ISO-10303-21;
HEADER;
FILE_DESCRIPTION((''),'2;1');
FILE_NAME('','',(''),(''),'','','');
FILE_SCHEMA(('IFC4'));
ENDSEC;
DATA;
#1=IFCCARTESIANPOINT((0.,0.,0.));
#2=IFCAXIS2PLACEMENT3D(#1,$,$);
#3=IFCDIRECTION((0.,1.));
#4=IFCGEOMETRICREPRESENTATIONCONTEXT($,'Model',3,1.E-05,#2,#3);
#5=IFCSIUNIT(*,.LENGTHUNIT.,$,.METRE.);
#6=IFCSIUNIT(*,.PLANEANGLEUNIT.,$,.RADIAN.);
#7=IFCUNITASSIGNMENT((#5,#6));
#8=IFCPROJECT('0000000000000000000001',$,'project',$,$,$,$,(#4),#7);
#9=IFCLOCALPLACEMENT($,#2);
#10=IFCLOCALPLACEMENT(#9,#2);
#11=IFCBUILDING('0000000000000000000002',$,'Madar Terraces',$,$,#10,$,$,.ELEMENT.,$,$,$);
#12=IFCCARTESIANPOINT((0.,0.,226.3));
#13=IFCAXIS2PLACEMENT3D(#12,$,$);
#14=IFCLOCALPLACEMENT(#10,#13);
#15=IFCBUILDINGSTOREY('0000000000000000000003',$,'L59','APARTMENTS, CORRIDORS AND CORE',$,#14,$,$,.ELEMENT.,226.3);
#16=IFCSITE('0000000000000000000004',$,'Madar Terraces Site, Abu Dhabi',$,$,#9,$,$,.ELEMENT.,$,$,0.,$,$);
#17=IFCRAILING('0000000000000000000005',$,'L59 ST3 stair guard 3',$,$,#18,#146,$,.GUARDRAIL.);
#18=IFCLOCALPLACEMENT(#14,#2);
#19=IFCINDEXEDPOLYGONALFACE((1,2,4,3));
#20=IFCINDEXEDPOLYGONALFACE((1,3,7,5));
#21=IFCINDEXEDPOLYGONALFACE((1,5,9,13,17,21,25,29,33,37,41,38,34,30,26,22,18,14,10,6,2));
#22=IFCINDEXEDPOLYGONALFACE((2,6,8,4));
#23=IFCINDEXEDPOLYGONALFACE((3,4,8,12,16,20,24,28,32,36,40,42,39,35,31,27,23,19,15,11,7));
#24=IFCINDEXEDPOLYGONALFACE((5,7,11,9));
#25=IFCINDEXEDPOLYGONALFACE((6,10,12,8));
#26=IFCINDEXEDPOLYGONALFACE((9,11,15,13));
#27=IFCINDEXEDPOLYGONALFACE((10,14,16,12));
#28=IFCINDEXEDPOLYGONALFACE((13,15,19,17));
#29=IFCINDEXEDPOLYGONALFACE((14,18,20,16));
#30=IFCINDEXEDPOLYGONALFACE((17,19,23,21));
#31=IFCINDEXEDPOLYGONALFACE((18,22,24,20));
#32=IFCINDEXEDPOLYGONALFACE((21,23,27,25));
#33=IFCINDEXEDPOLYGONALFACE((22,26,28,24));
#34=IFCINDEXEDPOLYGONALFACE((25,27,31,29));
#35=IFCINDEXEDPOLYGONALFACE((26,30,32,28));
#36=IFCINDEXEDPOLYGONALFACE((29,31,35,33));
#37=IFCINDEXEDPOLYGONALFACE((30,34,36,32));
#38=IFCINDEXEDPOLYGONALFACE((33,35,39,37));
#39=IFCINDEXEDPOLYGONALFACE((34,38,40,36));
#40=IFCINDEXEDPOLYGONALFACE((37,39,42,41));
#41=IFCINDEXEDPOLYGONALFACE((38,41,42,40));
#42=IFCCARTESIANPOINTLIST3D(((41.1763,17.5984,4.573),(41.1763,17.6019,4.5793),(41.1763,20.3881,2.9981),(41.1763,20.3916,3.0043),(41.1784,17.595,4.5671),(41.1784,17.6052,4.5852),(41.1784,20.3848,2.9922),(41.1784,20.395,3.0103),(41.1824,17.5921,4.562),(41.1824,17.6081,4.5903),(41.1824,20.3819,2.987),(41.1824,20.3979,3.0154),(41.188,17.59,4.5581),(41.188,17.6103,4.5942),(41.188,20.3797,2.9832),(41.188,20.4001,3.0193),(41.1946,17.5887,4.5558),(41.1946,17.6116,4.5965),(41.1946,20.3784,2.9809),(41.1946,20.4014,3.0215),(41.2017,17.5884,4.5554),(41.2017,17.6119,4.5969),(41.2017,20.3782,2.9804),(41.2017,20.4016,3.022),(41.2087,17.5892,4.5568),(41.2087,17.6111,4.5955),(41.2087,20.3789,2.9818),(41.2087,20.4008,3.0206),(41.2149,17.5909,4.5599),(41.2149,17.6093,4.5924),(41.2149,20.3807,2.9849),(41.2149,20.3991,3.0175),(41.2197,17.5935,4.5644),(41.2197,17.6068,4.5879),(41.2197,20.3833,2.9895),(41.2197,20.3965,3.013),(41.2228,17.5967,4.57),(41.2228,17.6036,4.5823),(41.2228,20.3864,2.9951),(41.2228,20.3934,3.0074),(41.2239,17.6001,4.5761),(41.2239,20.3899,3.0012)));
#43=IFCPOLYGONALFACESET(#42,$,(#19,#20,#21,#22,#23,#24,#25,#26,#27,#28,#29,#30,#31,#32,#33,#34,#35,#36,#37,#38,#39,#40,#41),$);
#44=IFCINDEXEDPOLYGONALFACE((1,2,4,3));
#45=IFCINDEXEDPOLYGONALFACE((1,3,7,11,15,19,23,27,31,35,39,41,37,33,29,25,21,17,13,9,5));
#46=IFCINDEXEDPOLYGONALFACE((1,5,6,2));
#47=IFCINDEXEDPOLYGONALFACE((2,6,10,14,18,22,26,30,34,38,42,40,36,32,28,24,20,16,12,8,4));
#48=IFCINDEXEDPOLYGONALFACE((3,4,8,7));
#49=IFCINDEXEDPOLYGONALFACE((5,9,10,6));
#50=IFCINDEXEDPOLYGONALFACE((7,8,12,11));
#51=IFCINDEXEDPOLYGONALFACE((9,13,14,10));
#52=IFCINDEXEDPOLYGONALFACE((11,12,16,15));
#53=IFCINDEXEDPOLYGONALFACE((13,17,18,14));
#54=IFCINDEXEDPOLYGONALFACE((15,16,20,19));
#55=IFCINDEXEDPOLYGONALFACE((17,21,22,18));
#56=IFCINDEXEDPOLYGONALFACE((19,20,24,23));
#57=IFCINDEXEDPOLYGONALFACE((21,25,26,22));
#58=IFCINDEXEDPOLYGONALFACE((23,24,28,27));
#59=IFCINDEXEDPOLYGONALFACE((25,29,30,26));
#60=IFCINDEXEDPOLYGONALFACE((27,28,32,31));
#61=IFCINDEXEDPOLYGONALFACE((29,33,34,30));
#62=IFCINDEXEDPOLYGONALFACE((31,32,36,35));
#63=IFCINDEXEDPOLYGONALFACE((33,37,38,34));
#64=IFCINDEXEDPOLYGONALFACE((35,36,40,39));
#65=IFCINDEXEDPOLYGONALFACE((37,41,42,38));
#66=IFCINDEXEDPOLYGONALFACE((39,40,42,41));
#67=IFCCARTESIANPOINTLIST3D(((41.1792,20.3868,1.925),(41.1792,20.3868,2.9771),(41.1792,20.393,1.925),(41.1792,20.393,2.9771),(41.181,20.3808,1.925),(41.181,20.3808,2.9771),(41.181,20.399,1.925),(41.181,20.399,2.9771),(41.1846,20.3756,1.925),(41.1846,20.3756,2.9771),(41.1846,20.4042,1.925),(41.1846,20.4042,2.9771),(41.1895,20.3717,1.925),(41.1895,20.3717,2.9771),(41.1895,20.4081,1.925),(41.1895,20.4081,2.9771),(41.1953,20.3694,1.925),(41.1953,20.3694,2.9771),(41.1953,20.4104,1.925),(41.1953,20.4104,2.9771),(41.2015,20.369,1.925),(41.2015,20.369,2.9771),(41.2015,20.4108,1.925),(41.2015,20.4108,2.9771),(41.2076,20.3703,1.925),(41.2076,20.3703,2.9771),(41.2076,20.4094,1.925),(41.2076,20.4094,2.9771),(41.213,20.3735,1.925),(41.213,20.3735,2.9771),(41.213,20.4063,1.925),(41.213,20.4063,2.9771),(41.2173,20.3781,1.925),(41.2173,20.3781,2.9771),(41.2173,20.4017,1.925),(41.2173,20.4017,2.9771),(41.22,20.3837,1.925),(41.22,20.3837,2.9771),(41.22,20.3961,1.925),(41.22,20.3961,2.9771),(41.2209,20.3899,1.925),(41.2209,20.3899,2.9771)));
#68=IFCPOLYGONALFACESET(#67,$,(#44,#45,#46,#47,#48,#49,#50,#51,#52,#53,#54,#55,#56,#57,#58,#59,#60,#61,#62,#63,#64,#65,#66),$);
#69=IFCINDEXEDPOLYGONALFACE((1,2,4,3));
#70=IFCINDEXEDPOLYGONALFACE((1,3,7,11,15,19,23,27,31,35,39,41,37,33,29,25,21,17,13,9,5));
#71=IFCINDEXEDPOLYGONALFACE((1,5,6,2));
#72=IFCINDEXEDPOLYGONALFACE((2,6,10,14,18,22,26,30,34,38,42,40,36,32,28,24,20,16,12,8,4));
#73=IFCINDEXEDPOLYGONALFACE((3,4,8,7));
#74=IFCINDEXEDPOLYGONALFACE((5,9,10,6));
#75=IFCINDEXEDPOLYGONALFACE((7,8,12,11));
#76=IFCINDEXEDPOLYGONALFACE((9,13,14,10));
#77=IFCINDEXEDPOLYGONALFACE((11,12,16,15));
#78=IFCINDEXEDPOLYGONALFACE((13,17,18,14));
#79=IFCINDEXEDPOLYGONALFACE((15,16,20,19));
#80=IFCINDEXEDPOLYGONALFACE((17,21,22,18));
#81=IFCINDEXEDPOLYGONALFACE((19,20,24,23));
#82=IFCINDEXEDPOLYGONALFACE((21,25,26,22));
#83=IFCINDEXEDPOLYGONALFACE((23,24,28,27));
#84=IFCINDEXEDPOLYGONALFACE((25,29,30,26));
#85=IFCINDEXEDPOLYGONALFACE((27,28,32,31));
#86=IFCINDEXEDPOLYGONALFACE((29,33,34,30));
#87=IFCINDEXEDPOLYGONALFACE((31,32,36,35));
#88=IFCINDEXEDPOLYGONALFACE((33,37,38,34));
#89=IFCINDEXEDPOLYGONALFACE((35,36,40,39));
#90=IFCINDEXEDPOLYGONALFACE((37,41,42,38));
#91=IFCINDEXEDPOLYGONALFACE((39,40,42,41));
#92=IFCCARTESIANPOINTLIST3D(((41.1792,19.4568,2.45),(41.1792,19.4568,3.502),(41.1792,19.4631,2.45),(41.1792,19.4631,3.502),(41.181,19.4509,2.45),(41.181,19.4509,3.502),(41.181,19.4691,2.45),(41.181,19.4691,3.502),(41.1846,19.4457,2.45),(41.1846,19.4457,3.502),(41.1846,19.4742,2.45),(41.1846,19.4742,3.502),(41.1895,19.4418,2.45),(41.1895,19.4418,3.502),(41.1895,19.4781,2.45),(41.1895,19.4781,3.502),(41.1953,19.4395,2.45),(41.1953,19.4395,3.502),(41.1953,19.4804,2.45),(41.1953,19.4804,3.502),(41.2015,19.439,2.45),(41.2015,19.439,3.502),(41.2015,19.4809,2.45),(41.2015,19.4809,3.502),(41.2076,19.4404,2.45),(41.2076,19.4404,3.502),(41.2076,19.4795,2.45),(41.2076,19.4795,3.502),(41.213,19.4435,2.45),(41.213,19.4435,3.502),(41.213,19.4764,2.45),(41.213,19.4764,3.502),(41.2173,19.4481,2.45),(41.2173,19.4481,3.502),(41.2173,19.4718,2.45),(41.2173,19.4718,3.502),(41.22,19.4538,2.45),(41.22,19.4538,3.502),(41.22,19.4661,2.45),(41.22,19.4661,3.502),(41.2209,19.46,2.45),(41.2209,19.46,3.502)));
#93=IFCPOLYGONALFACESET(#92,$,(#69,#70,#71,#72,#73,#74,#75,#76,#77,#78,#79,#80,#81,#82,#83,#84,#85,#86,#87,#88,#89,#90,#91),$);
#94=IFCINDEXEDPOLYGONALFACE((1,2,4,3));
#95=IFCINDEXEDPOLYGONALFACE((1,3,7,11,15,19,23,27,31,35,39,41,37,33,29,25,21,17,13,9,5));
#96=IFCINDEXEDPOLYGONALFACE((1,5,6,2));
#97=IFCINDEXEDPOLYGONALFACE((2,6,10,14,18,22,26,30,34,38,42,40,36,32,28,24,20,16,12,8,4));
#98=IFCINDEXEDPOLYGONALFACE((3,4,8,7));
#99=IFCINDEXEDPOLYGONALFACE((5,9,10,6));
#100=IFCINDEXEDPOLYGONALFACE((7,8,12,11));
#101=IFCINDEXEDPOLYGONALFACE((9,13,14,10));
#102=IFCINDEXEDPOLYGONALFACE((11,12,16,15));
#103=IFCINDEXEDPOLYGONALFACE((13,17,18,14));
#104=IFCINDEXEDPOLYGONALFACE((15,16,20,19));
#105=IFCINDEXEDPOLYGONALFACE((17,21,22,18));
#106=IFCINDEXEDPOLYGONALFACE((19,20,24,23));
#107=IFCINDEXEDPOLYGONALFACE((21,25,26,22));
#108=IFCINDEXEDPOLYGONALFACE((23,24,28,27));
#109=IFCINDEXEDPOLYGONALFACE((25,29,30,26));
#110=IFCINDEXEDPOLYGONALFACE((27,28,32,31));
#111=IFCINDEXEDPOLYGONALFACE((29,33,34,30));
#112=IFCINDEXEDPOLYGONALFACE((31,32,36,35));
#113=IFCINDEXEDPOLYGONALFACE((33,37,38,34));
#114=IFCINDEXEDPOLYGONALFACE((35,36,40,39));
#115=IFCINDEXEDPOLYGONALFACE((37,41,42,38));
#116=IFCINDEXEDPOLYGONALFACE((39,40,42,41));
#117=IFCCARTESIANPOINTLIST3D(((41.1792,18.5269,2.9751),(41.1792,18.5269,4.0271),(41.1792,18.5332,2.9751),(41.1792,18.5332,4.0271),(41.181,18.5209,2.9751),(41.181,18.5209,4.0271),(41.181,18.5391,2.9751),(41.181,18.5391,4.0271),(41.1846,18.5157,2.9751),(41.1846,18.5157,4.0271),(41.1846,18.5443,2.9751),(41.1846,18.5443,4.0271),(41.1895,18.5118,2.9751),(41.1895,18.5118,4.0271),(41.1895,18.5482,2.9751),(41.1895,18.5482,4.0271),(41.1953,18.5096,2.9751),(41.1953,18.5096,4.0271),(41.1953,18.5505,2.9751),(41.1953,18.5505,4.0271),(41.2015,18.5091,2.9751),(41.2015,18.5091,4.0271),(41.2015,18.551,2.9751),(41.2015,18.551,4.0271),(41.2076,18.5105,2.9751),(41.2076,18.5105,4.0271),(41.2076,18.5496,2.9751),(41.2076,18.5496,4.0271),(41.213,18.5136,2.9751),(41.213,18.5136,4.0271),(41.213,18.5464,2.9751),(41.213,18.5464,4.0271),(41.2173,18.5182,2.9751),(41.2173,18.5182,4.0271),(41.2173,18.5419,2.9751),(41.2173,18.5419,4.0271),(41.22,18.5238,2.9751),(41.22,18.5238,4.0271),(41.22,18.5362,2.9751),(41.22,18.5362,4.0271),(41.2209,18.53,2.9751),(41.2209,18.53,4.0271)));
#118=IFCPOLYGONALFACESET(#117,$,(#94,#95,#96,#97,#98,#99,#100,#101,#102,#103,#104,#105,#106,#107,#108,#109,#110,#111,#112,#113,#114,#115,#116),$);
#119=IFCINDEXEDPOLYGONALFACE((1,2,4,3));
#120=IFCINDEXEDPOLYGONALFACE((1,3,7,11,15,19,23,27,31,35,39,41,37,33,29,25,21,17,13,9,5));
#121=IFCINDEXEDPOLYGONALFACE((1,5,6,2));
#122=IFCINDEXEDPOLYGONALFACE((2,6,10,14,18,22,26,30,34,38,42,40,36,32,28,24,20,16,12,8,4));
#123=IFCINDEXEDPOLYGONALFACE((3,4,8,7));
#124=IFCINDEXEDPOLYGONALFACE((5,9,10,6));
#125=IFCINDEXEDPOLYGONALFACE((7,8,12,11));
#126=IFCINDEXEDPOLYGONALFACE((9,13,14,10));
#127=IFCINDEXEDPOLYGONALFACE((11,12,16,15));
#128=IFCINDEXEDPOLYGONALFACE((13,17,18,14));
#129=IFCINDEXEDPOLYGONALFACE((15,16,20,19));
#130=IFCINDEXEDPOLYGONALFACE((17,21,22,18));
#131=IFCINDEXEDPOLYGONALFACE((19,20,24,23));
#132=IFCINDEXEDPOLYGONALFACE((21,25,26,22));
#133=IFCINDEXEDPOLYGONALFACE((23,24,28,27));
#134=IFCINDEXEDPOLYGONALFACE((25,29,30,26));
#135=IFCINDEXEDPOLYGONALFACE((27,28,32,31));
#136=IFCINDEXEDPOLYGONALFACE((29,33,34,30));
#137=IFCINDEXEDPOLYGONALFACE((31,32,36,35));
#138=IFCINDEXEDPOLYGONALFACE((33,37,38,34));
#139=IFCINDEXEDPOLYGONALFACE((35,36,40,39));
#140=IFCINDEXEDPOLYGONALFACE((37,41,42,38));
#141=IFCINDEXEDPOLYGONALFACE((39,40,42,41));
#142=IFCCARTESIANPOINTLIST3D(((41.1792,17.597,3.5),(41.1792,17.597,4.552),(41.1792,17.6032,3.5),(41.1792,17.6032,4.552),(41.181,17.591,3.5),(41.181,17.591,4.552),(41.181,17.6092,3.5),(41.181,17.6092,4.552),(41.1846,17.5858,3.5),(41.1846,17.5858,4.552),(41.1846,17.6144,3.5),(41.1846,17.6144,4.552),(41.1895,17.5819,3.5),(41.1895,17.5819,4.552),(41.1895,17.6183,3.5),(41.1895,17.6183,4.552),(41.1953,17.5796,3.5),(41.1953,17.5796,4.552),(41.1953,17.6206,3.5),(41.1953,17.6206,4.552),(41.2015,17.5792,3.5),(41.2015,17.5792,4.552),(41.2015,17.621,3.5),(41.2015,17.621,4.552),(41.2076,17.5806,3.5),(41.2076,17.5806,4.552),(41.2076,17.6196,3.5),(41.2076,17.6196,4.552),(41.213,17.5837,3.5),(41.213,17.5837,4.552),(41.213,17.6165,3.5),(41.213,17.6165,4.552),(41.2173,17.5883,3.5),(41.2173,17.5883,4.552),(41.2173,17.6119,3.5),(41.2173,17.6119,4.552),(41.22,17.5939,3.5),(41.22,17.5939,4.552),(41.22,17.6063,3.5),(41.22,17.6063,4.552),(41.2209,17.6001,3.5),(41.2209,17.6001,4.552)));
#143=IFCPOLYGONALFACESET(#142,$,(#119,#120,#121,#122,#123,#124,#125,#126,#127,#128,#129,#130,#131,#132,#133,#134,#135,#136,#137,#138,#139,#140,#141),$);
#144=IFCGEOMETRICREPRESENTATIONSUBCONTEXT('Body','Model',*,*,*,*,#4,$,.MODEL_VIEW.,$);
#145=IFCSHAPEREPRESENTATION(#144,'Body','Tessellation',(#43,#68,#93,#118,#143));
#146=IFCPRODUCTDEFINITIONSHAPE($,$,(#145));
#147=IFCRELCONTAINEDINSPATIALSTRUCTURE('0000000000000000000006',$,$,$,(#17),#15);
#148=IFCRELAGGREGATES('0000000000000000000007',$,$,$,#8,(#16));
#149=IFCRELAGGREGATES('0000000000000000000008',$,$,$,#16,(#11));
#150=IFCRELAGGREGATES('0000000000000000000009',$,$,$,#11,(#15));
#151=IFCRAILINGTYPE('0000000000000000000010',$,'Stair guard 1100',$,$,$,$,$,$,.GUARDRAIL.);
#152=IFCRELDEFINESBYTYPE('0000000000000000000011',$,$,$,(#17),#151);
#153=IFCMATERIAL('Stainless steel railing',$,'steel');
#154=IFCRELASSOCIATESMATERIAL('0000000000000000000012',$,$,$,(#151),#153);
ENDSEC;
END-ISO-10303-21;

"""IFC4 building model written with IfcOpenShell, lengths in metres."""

from ifc_helpers import new_model, si_unit, direction, frame, origin, origin_2d, place, context, subcontext, project, spatial, circle, extrude, material, type_object, element, save


model = new_model("IFC4")

# Units and contexts
model_context = context("Model", 3, precision=1e-05, world=origin(), true_north=direction((0.0, 1.0)))
body_context = subcontext(model_context, "Body", "Model", "MODEL_VIEW")
ifc_project = project(units=[si_unit("LENGTHUNIT", "METRE"), si_unit("PLANEANGLEUNIT", "RADIAN")], contexts=[model_context])

# Site, building, storey
site_placement = place(None, origin())
site = spatial("IfcSite", under=ifc_project, at=site_placement, Name="Madar Terraces Site, Abu Dhabi", CompositionType="ELEMENT", RefElevation=0.0)
building_placement = place(site_placement, origin())
building = spatial("IfcBuilding", under=site, at=building_placement, Name="Madar Terraces", CompositionType="ELEMENT")
storey_placement = place(building_placement, frame((0.0, 0.0, 226.3)))
storey = spatial("IfcBuildingStorey", under=building, at=storey_placement, Name="L59", Description="APARTMENTS, CORRIDORS AND CORE", CompositionType="ELEMENT", Elevation=226.3)

# Railing
ifc_material_1 = material(Name="Stainless steel railing", Category="steel")
railing_type_1 = type_object("IfcRailingType", Name="Stair guard 1100", PredefinedType="GUARDRAIL", material=ifc_material_1)
railing_1_placement = place(storey_placement, frame((41.2, 20.3899, 1.925)))
element("IfcRailing", 1, at=railing_1_placement, inside=storey, type_object=railing_type_1, Name="L59 ST3 stair guard 3", PredefinedType="GUARDRAIL", context=body_context, shape_type="SweptSolid", body=[
    extrude(circle(Radius=0.0239, at=origin_2d()), frame((0.0, 0.0, 1.0762), z_axis=(0.0, -0.870815, 0.49161), x_axis=(1.0, 0.0, 0.0)), (0.0, 0.0, 1.0), 3.2036),
    extrude(circle(Radius=0.021, at=origin_2d()), origin(), (0.0, 0.0, 1.0), 1.052),
    extrude(circle(Radius=0.021, at=origin_2d()), frame((0.0, -0.9299, 0.5249)), (0.0, 0.0, 1.0), 1.052),
    extrude(circle(Radius=0.021, at=origin_2d()), frame((0.0, -1.8599, 1.05)), (0.0, 0.0, 1.0), 1.052),
    extrude(circle(Radius=0.021, at=origin_2d()), frame((0.0, -2.7898, 1.575)), (0.0, 0.0, 1.0), 1.052),
])

save(model, "model.ifc")
